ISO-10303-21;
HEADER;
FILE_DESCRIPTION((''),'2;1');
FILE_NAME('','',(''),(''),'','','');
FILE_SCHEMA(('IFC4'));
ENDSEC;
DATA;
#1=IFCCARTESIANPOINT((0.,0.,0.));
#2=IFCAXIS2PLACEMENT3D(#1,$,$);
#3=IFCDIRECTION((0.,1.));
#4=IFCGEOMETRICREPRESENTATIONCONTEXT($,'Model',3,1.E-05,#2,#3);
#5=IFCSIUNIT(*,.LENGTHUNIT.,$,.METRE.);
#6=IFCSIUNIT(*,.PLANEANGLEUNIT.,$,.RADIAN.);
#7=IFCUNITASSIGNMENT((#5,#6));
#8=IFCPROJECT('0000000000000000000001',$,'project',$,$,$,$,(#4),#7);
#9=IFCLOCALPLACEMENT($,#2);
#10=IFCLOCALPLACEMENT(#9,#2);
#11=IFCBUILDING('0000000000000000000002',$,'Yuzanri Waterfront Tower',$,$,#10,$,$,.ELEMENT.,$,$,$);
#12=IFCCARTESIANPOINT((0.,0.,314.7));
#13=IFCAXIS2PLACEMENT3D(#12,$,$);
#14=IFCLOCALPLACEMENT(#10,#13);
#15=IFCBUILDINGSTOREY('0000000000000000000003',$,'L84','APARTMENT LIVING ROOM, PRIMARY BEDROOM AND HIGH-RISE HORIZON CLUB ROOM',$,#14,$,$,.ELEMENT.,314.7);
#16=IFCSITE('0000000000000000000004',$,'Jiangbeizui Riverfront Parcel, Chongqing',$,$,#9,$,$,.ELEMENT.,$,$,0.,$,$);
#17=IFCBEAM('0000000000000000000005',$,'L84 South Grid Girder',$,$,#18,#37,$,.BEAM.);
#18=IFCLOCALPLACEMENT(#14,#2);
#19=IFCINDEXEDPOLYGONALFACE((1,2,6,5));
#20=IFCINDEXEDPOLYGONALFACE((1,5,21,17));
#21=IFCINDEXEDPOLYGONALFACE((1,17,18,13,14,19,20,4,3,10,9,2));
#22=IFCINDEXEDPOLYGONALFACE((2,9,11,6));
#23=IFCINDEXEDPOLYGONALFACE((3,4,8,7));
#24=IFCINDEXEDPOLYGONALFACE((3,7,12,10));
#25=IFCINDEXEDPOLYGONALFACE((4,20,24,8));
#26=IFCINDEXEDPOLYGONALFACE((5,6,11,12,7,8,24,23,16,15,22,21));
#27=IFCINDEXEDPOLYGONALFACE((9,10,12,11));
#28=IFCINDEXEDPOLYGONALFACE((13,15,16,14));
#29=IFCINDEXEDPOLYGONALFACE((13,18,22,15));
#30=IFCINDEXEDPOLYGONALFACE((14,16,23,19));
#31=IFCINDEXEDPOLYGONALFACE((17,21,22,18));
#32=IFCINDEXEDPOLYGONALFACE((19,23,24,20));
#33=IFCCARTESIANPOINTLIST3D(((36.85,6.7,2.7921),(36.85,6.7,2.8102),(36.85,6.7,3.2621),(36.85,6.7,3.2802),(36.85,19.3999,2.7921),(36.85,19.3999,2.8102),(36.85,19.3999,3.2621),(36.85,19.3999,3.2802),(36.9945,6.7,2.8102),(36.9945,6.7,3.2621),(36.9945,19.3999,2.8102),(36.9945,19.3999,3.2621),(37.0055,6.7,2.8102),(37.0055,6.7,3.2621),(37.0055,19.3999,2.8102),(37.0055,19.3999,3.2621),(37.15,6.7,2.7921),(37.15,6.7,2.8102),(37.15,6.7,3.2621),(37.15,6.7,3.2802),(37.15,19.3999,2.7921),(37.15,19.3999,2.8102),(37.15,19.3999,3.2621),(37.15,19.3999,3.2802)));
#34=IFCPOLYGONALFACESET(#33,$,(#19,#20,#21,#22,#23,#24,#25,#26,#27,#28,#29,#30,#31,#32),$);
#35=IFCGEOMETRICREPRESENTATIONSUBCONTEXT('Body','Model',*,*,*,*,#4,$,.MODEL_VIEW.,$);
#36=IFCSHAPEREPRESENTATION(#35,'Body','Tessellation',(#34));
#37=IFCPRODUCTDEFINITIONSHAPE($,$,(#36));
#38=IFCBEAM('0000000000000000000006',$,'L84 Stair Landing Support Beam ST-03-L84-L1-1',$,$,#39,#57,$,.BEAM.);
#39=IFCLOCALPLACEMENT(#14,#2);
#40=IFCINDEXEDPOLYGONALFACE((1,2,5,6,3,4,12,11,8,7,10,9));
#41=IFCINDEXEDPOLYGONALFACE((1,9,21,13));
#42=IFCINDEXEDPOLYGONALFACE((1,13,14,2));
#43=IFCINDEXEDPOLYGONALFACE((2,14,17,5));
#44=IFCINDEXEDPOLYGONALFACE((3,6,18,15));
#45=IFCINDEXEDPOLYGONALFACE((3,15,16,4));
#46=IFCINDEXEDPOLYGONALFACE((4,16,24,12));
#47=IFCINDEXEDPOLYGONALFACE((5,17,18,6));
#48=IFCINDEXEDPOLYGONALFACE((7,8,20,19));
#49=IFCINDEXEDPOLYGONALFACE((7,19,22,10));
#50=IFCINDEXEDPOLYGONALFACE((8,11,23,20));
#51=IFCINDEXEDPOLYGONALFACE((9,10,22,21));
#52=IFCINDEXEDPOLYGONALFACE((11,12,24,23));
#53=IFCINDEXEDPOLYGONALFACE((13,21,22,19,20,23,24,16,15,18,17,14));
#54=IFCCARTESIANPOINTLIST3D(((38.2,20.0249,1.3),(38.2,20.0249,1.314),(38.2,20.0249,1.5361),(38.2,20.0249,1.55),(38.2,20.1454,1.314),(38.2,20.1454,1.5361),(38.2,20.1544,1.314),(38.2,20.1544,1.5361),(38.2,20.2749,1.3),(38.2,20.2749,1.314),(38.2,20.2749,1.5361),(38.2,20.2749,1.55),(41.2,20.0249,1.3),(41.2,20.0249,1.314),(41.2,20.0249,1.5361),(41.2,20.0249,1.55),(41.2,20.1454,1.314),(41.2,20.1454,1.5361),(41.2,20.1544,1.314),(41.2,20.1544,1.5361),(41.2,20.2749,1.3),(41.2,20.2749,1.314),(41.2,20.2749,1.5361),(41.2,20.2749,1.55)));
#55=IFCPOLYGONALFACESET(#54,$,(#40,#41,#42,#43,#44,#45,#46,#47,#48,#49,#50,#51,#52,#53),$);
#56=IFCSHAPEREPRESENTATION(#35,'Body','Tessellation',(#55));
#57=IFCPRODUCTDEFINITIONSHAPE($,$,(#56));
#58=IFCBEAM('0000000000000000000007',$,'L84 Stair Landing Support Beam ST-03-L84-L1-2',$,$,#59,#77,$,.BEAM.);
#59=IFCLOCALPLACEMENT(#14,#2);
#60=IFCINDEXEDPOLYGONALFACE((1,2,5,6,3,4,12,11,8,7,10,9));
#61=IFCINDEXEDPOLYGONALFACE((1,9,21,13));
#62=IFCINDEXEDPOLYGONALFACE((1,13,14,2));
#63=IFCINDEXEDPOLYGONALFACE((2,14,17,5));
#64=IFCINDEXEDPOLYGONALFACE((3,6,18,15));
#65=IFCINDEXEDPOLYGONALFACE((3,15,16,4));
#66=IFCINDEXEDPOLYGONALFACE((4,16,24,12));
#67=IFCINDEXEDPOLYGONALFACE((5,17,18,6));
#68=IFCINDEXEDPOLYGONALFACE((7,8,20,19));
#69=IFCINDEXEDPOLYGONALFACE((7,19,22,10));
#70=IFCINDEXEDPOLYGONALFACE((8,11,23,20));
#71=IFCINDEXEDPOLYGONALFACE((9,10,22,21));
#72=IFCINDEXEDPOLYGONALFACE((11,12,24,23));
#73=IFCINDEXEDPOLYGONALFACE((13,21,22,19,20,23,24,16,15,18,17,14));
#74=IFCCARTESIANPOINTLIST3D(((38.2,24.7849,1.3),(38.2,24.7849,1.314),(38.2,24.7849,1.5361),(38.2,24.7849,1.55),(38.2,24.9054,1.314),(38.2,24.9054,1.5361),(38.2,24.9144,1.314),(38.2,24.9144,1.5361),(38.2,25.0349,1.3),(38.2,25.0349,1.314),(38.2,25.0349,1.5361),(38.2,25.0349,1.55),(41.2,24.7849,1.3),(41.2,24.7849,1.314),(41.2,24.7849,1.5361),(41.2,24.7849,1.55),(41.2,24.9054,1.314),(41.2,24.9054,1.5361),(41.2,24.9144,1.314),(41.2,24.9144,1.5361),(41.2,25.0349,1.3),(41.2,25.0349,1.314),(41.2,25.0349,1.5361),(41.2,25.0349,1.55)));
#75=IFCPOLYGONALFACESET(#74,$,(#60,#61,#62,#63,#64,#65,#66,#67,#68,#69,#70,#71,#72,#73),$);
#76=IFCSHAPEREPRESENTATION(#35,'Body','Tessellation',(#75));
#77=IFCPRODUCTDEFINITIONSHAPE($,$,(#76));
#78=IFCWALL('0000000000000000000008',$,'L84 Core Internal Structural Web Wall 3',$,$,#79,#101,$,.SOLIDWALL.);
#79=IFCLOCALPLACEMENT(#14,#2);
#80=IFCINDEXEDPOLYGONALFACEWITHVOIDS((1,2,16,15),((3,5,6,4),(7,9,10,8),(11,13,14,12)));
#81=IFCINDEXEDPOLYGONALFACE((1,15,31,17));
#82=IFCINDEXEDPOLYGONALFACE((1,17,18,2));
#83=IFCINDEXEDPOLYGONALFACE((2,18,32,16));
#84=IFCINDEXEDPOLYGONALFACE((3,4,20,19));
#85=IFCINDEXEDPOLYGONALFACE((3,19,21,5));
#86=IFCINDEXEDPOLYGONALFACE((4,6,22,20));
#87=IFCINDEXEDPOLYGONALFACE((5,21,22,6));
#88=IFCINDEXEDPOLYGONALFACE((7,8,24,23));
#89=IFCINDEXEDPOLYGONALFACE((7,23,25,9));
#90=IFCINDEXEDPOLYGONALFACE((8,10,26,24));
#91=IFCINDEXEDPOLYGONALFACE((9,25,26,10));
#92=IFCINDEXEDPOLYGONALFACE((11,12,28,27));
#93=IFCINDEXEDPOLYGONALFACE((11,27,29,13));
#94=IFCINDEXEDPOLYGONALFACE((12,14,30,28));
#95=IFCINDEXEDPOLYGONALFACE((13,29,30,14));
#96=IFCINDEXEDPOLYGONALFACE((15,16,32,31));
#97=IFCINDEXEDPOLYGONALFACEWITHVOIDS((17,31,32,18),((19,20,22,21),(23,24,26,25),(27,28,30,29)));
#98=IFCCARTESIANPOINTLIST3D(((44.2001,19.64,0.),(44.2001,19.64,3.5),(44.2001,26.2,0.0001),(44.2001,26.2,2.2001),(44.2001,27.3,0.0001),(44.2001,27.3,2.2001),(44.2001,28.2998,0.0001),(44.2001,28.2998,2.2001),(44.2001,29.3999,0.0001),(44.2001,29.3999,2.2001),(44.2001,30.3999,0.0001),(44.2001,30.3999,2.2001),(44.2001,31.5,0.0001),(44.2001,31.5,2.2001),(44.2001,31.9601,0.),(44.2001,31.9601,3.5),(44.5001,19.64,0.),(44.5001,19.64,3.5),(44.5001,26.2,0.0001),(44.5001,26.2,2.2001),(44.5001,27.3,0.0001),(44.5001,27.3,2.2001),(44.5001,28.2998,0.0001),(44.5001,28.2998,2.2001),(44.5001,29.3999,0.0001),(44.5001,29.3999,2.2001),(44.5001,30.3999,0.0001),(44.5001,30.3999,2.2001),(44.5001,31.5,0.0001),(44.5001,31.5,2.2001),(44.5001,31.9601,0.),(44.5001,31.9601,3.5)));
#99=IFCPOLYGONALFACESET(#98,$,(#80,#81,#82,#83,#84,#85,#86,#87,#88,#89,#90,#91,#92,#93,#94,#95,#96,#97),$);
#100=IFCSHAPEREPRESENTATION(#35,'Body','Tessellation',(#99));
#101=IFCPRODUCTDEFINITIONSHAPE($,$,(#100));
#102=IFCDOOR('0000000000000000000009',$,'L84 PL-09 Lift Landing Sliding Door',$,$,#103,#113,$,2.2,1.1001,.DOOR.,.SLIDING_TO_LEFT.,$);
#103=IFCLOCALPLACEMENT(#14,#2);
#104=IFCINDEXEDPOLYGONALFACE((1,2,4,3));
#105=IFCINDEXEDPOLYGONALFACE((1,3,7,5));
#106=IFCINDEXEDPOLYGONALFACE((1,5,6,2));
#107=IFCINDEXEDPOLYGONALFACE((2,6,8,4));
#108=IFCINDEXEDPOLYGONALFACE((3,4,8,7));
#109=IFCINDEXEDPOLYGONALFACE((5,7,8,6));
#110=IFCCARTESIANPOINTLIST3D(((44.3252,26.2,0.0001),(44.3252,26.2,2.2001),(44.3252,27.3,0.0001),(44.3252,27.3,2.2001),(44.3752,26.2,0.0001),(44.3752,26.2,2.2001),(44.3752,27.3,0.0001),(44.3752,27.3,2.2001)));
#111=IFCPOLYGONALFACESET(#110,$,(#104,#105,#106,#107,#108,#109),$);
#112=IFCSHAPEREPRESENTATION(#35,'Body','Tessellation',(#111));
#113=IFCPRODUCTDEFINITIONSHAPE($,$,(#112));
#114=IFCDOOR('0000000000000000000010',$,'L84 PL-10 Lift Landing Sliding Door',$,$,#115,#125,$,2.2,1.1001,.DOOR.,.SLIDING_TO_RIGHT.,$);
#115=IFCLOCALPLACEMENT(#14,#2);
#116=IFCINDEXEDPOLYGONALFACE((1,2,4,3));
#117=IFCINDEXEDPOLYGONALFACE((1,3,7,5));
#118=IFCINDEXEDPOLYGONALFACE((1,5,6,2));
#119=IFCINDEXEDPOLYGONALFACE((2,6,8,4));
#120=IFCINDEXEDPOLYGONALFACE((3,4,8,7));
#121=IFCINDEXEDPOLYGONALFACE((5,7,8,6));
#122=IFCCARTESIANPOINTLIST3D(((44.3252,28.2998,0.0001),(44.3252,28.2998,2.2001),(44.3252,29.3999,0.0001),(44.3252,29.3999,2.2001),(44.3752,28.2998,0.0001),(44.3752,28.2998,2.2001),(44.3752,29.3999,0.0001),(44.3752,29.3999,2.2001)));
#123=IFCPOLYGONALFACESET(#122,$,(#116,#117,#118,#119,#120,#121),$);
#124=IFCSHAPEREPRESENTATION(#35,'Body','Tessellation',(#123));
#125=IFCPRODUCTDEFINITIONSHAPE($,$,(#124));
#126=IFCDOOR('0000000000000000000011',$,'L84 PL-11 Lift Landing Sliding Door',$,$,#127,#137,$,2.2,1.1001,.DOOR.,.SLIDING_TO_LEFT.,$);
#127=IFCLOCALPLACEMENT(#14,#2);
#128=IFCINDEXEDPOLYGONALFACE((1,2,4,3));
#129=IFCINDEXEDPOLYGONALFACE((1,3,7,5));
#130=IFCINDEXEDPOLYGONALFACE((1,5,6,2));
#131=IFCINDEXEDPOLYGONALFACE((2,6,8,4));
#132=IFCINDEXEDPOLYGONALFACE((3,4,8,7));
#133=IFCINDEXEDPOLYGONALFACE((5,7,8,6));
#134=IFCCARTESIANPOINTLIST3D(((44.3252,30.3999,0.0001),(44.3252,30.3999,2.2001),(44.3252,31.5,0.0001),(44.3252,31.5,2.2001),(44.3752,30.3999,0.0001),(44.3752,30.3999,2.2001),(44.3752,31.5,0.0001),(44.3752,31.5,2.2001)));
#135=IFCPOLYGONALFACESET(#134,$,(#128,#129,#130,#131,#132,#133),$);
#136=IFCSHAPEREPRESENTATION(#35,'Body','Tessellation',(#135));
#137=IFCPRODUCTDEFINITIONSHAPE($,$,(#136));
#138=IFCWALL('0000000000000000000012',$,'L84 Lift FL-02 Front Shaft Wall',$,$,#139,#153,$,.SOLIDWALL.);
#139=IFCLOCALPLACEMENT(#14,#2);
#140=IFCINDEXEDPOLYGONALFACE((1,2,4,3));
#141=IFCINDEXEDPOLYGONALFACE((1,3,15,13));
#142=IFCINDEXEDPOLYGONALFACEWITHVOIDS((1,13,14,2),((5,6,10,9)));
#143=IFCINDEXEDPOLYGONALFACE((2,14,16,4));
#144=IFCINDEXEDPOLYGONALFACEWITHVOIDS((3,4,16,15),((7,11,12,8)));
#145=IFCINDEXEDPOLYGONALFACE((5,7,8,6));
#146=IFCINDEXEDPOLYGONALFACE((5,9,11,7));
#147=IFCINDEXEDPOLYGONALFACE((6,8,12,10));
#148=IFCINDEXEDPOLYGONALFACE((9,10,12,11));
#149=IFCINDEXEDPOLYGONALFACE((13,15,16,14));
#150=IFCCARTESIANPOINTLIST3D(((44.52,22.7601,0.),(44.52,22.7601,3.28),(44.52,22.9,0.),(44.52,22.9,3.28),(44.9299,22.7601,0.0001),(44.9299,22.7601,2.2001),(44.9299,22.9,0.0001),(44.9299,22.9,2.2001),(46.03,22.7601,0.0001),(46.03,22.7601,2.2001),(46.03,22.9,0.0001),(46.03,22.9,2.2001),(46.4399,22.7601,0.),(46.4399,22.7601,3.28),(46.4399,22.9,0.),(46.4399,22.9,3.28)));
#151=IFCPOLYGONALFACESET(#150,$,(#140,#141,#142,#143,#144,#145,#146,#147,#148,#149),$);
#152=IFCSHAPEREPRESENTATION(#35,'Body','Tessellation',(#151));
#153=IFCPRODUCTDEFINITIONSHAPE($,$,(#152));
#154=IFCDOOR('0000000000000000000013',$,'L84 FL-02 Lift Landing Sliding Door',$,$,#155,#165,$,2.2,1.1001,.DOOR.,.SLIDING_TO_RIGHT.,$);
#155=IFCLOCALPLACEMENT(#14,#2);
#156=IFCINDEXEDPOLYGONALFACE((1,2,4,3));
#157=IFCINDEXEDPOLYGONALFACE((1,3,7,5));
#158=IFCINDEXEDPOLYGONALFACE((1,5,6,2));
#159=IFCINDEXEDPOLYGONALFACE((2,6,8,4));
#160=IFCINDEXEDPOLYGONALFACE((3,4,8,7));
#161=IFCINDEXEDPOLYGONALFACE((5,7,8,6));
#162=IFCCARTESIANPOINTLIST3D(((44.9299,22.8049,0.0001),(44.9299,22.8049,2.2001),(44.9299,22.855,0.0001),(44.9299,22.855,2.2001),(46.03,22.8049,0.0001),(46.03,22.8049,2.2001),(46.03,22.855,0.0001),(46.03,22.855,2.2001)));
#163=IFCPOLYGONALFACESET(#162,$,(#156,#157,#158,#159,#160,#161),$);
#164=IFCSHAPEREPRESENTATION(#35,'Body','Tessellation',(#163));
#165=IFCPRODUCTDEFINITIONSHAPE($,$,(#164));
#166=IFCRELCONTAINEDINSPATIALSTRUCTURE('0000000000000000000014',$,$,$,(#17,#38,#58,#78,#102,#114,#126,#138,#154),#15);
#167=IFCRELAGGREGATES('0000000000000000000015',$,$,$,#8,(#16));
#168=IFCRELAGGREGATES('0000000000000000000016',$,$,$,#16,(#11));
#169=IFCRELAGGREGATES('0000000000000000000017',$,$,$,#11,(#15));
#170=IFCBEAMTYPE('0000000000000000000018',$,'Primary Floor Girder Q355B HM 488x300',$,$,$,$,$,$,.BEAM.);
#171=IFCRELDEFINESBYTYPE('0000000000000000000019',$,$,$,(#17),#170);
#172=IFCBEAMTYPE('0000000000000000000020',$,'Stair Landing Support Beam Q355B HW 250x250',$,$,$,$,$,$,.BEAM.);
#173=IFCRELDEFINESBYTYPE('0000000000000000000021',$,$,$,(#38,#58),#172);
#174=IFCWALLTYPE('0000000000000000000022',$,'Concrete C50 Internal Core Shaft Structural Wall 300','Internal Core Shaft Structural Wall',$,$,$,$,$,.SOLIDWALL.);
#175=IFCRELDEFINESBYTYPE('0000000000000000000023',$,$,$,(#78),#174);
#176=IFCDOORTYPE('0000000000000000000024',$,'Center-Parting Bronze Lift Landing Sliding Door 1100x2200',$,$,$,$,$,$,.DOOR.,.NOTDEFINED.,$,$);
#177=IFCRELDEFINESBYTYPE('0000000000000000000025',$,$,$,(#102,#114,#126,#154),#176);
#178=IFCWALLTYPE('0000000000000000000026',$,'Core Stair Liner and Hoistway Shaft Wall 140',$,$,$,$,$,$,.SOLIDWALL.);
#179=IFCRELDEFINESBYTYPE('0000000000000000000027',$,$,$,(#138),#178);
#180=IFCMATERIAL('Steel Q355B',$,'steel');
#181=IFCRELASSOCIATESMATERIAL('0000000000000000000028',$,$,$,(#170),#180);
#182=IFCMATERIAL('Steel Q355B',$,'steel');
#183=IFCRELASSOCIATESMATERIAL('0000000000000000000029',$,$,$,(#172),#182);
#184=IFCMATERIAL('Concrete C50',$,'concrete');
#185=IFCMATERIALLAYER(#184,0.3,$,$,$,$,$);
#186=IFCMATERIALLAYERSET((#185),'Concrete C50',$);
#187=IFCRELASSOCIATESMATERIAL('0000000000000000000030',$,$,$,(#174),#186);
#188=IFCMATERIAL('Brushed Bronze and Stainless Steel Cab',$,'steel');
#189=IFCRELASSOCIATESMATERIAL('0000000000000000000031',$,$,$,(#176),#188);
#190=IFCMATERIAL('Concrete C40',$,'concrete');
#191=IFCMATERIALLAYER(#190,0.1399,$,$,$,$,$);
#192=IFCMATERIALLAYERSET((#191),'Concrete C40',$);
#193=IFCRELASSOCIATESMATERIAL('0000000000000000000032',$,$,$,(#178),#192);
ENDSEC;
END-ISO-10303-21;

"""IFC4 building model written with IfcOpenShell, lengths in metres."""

from ifc_helpers import new_model, si_unit, direction, frame, frame_2d, origin, origin_2d, place, context, subcontext, project, spatial, rectangle, i_section, extrude, source, transform, mapped, material, layer, layer_set, material_profile, profile_set, type_object, element, fill, save


model = new_model("IFC4")

# Units and contexts
model_context = context("Model", 3, precision=1e-05, world=origin(), true_north=direction((0.0, 1.0)))
body_context = subcontext(model_context, "Body", "Model", "MODEL_VIEW")
ifc_project = project(units=[si_unit("LENGTHUNIT", "METRE"), si_unit("PLANEANGLEUNIT", "RADIAN")], contexts=[model_context])

# Site, building, storey
site_placement = place(None, origin())
site = spatial("IfcSite", under=ifc_project, at=site_placement, Name="Jiangbeizui Riverfront Parcel, Chongqing", CompositionType="ELEMENT", RefElevation=0.0)
building_placement = place(site_placement, origin())
building = spatial("IfcBuilding", under=site, at=building_placement, Name="Yuzanri Waterfront Tower", CompositionType="ELEMENT")
storey_placement = place(building_placement, frame((0.0, 0.0, 314.7)))
storey = spatial("IfcBuildingStorey", under=building, at=storey_placement, Name="L84", Description="APARTMENT LIVING ROOM, PRIMARY BEDROOM AND HIGH-RISE HORIZON CLUB ROOM", CompositionType="ELEMENT", Elevation=314.7)

# Beams
ifc_material_1 = material(Name="Steel Q355B", Category="steel")
ifc_material_profile_1 = material_profile(ifc_material_1, i_section(OverallWidth=0.3, OverallDepth=0.488, WebThickness=0.011, FlangeThickness=0.0181, at=origin_2d()), Name="HM 488x300x11x18")
ifc_profile_set_1 = profile_set([ifc_material_profile_1], Name="Steel Q355B")
beam_type_1 = type_object("IfcBeamType", Name="Primary Floor Girder Q355B HM 488x300", PredefinedType="BEAM", material=ifc_profile_set_1)
shared_shape_1 = source(origin(), body_context, "Body", "SweptSolid", [
    extrude(i_section(OverallWidth=0.3, OverallDepth=0.488, WebThickness=0.011, FlangeThickness=0.0181, at=origin_2d()), origin(), (0.0, 0.0, 1.0), 12.7),
])
beam_placement = place(storey_placement, frame((37.0, 19.3999, 3.0361), z_axis=(0.0, -1.0, 0.0), x_axis=(1.0, 0.0, 0.0)))
element("IfcBeam", 1, at=beam_placement, inside=storey, type_object=beam_type_1, Name="L84 South Grid Girder", PredefinedType="BEAM", context=body_context, shape_type="MappedRepresentation", body=[
    mapped(shared_shape_1, transform((0.0, 0.0, 0.0), scale=1.0)),
])
ifc_material_2 = material(Name="Steel Q355B", Category="steel")
ifc_material_profile_2 = material_profile(ifc_material_2, i_section(OverallWidth=0.25, OverallDepth=0.25, WebThickness=0.009, FlangeThickness=0.0139, at=origin_2d()), Name="HW 250x250x9x14")
ifc_profile_set_2 = profile_set([ifc_material_profile_2], Name="Steel Q355B")
beam_type_2 = type_object("IfcBeamType", Name="Stair Landing Support Beam Q355B HW 250x250", PredefinedType="BEAM", material=ifc_profile_set_2)
shared_shape_2 = source(origin(), body_context, "Body", "SweptSolid", [
    extrude(i_section(OverallWidth=0.25, OverallDepth=0.25, WebThickness=0.009, FlangeThickness=0.0139, at=origin_2d()), origin(), (0.0, 0.0, 1.0), 3.0),
])
for number, where, z_axis, x_axis, name in (
    (2, (38.2, 20.1499, 1.425), (1.0, 0.0, 0.0), (0.0, 1.0, 0.0), "L84 Stair Landing Support Beam ST-03-L84-L1-1"),
    (3, (38.2, 24.9099, 1.425), (1.0, 0.0, 0.0), (0.0, 1.0, 0.0), "L84 Stair Landing Support Beam ST-03-L84-L1-2"),
):
    element("IfcBeam", number, at=place(storey_placement, frame(where, z_axis=z_axis, x_axis=x_axis)), inside=storey, type_object=beam_type_2, Name=name, PredefinedType="BEAM", context=body_context, shape_type="MappedRepresentation", body=[
        mapped(shared_shape_2, transform((0.0, 0.0, 0.0), scale=1.0)),
    ])

# Wall, openings, doors
ifc_material_3 = material(Name="Concrete C50", Category="concrete")
ifc_layer_1 = layer(ifc_material_3, 0.3)
ifc_layer_set_1 = layer_set([ifc_layer_1], Name="Concrete C50")
wall_type_1 = type_object("IfcWallType", Name="Concrete C50 Internal Core Shaft Structural Wall 300", Description="Internal Core Shaft Structural Wall", PredefinedType="SOLIDWALL", material=ifc_layer_set_1)
wall_1_placement = place(storey_placement, frame((44.3501, 19.6399, 0.0), z_axis=(0.0, 0.0, 1.0), x_axis=(0.0, 1.0, 0.0)))
wall_1 = element("IfcWall", 4, at=wall_1_placement, inside=storey, type_object=wall_type_1, Name="L84 Core Internal Structural Web Wall 3", PredefinedType="SOLIDWALL", context=body_context, shape_type="SweptSolid", body=[
    extrude(rectangle(XDim=12.3201, YDim=0.3, at=frame_2d((6.1602, 0.0))), origin(), (0.0, 0.0, 1.0), 3.5),
])
opening_1_placement = place(wall_1_placement, frame((6.5601, 0.0, 0.0)))
opening_1 = element("IfcOpeningElement", 5, at=opening_1_placement, cuts=wall_1, PredefinedType="OPENING", context=body_context, shape_type="SweptSolid", body=[
    extrude(rectangle(XDim=1.1001, YDim=2.2, at=frame_2d((0.55, 1.1001))), frame((0.0, 0.165, 0.0), z_axis=(0.0, -1.0, 0.0), x_axis=(1.0, 0.0, 0.0)), (0.0, 0.0, 1.0), 0.3298),
])
opening_2_placement = place(wall_1_placement, frame((8.6599, 0.0, 0.0)))
opening_2 = element("IfcOpeningElement", 6, at=opening_2_placement, cuts=wall_1, PredefinedType="OPENING", context=body_context, shape_type="SweptSolid", body=[
    extrude(rectangle(XDim=1.1001, YDim=2.2, at=frame_2d((0.55, 1.1001))), frame((0.0, 0.165, 0.0), z_axis=(0.0, -1.0, 0.0), x_axis=(1.0, 0.0, 0.0)), (0.0, 0.0, 1.0), 0.3298),
])
opening_3_placement = place(wall_1_placement, frame((10.76, 0.0, 0.0)))
opening_3 = element("IfcOpeningElement", 7, at=opening_3_placement, cuts=wall_1, PredefinedType="OPENING", context=body_context, shape_type="SweptSolid", body=[
    extrude(rectangle(XDim=1.1001, YDim=2.2, at=frame_2d((0.55, 1.1001))), frame((0.0, 0.165, 0.0), z_axis=(0.0, -1.0, 0.0), x_axis=(1.0, 0.0, 0.0)), (0.0, 0.0, 1.0), 0.3298),
])
ifc_material_4 = material(Name="Brushed Bronze and Stainless Steel Cab", Category="steel")
door_type_1 = type_object("IfcDoorType", Name="Center-Parting Bronze Lift Landing Sliding Door 1100x2200", OperationType="NOTDEFINED", PredefinedType="DOOR", material=ifc_material_4)
shared_shape_3 = source(origin(), body_context, "Body", "SweptSolid", [
    extrude(rectangle(XDim=1.1001, YDim=2.2, at=frame_2d((0.55, 1.1001))), frame((0.0, 0.0249, 0.0), z_axis=(0.0, -1.0, 0.0), x_axis=(1.0, 0.0, 0.0)), (0.0, 0.0, 1.0), 0.05),
])
door_1_placement = place(opening_1_placement, origin())
door_1 = element("IfcDoor", 8, at=door_1_placement, inside=storey, type_object=door_type_1, Name="L84 PL-09 Lift Landing Sliding Door", OperationType="SLIDING_TO_LEFT", OverallHeight=2.2, OverallWidth=1.1001, PredefinedType="DOOR", context=body_context, shape_type="MappedRepresentation", body=[
    mapped(shared_shape_3, transform((0.0, 0.0, 0.0), scale=1.0)),
])
fill(opening_1, door_1)
door_2_placement = place(opening_2_placement, origin())
door_2 = element("IfcDoor", 9, at=door_2_placement, inside=storey, type_object=door_type_1, Name="L84 PL-10 Lift Landing Sliding Door", OperationType="SLIDING_TO_RIGHT", OverallHeight=2.2, OverallWidth=1.1001, PredefinedType="DOOR", context=body_context, shape_type="MappedRepresentation", body=[
    mapped(shared_shape_3, transform((0.0, 0.0, 0.0), scale=1.0)),
])
fill(opening_2, door_2)
door_3_placement = place(opening_3_placement, origin())
door_3 = element("IfcDoor", 10, at=door_3_placement, inside=storey, type_object=door_type_1, Name="L84 PL-11 Lift Landing Sliding Door", OperationType="SLIDING_TO_LEFT", OverallHeight=2.2, OverallWidth=1.1001, PredefinedType="DOOR", context=body_context, shape_type="MappedRepresentation", body=[
    mapped(shared_shape_3, transform((0.0, 0.0, 0.0), scale=1.0)),
])
fill(opening_3, door_3)

# Wall, opening, door
ifc_material_5 = material(Name="Concrete C40", Category="concrete")
ifc_layer_2 = layer(ifc_material_5, 0.1399)
ifc_layer_set_2 = layer_set([ifc_layer_2], Name="Concrete C40")
wall_type_2 = type_object("IfcWallType", Name="Core Stair Liner and Hoistway Shaft Wall 140", PredefinedType="SOLIDWALL", material=ifc_layer_set_2)
wall_2_placement = place(storey_placement, frame((44.52, 22.8301, 0.0), z_axis=(0.0, 0.0, 1.0), x_axis=(1.0, 0.0, 0.0)))
wall_2 = element("IfcWall", 11, at=wall_2_placement, inside=storey, type_object=wall_type_2, Name="L84 Lift FL-02 Front Shaft Wall", PredefinedType="SOLIDWALL", context=body_context, shape_type="SweptSolid", body=[
    extrude(rectangle(XDim=1.9199, YDim=0.1399, at=frame_2d((0.96, 0.0))), origin(), (0.0, 0.0, 1.0), 3.28),
])
opening_4_placement = place(wall_2_placement, frame((0.4099, 0.0, 0.0)))
opening_4 = element("IfcOpeningElement", 12, at=opening_4_placement, cuts=wall_2, PredefinedType="OPENING", context=body_context, shape_type="SweptSolid", body=[
    extrude(rectangle(XDim=1.1001, YDim=2.2, at=frame_2d((0.55, 1.1001))), frame((0.0, 0.085, 0.0), z_axis=(0.0, -1.0, 0.0), x_axis=(1.0, 0.0, 0.0)), (0.0, 0.0, 1.0), 0.1697),
])
door_4_placement = place(opening_4_placement, origin())
door_4 = element("IfcDoor", 13, at=door_4_placement, inside=storey, type_object=door_type_1, Name="L84 FL-02 Lift Landing Sliding Door", OperationType="SLIDING_TO_RIGHT", OverallHeight=2.2, OverallWidth=1.1001, PredefinedType="DOOR", context=body_context, shape_type="MappedRepresentation", body=[
    mapped(shared_shape_3, transform((0.0, 0.0, 0.0), scale=1.0)),
])
fill(opening_4, door_4)

save(model, "model.ifc")
